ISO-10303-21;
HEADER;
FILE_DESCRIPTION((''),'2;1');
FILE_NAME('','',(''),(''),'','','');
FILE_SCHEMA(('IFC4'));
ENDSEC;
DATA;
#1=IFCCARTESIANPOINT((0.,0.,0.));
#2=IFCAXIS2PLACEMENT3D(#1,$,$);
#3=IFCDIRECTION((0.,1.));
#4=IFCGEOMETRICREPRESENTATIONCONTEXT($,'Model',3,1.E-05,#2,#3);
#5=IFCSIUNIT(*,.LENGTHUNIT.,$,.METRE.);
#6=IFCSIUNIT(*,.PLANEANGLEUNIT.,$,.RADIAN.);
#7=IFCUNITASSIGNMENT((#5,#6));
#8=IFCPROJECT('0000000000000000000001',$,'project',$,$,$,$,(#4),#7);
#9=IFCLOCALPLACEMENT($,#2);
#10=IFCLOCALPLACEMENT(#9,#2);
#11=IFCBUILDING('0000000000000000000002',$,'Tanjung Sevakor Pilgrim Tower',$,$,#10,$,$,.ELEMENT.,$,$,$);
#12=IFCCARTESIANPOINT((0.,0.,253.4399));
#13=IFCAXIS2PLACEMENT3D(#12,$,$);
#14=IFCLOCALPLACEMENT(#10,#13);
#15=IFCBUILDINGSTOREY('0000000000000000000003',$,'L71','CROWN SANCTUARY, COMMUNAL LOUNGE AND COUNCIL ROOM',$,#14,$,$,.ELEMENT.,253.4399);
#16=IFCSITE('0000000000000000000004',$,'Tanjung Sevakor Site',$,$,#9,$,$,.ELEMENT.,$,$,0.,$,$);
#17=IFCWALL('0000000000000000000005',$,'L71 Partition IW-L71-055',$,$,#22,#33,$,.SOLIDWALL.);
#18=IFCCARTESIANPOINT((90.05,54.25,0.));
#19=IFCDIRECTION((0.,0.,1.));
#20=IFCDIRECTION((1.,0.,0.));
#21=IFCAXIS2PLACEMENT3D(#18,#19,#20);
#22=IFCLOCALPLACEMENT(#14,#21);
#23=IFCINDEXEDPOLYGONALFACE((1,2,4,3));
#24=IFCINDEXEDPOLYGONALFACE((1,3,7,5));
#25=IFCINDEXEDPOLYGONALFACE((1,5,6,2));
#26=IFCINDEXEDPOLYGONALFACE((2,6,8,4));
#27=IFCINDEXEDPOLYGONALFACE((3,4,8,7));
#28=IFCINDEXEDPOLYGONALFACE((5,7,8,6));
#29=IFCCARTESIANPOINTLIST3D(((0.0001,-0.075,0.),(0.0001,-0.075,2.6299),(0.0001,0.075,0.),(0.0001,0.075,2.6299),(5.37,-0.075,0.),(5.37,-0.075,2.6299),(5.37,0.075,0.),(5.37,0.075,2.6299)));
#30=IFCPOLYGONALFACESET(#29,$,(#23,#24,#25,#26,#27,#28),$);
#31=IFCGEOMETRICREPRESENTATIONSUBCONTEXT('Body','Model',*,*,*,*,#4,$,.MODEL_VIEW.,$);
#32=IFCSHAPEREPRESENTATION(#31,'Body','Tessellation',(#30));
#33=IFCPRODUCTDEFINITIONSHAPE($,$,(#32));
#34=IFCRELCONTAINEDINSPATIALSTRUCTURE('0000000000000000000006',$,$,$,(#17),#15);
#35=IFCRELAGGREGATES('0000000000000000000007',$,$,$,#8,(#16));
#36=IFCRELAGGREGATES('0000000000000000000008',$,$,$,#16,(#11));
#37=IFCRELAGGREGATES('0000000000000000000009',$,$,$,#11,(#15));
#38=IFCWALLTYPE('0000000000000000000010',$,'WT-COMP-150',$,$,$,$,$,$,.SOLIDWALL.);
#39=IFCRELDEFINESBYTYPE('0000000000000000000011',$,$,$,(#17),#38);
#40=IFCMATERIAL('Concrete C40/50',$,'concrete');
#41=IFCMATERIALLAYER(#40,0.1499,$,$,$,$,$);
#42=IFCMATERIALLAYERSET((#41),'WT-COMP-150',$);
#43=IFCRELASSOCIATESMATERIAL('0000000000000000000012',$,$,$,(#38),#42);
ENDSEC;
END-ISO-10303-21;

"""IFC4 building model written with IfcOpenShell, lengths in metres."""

from ifc_helpers import new_model, si_unit, direction, frame, frame_2d, origin, place, context, subcontext, project, spatial, rectangle, extrude, material, layer, layer_set, type_object, element, save


model = new_model("IFC4")

# Units and contexts
model_context = context("Model", 3, precision=1e-05, world=origin(), true_north=direction((0.0, 1.0)))
body_context = subcontext(model_context, "Body", "Model", "MODEL_VIEW")
ifc_project = project(units=[si_unit("LENGTHUNIT", "METRE"), si_unit("PLANEANGLEUNIT", "RADIAN")], contexts=[model_context])

# Site, building, storey
site_placement = place(None, origin())
site = spatial("IfcSite", under=ifc_project, at=site_placement, Name="Tanjung Sevakor Site", CompositionType="ELEMENT", RefElevation=0.0)
building_placement = place(site_placement, origin())
building = spatial("IfcBuilding", under=site, at=building_placement, Name="Tanjung Sevakor Pilgrim Tower", CompositionType="ELEMENT")
storey_placement = place(building_placement, frame((0.0, 0.0, 253.4399)))
storey = spatial("IfcBuildingStorey", under=building, at=storey_placement, Name="L71", Description="CROWN SANCTUARY, COMMUNAL LOUNGE AND COUNCIL ROOM", CompositionType="ELEMENT", Elevation=253.4399)

# Wall
ifc_material_1 = material(Name="Concrete C40/50", Category="concrete")
ifc_layer_1 = layer(ifc_material_1, 0.1499)
ifc_layer_set_1 = layer_set([ifc_layer_1], Name="WT-COMP-150")
wall_type_1 = type_object("IfcWallType", Name="WT-COMP-150", PredefinedType="SOLIDWALL", material=ifc_layer_set_1)
wall_placement = place(storey_placement, frame((90.05, 54.25, 0.0), z_axis=(0.0, 0.0, 1.0), x_axis=(1.0, 0.0, 0.0)))
element("IfcWall", 1, at=wall_placement, inside=storey, type_object=wall_type_1, Name="L71 Partition IW-L71-055", PredefinedType="SOLIDWALL", context=body_context, shape_type="SweptSolid", body=[
    extrude(rectangle(XDim=5.3699, YDim=0.1499, at=frame_2d((2.6851, 0.0))), origin(), (0.0, 0.0, 1.0), 2.6299),
])

save(model, "model.ifc")
